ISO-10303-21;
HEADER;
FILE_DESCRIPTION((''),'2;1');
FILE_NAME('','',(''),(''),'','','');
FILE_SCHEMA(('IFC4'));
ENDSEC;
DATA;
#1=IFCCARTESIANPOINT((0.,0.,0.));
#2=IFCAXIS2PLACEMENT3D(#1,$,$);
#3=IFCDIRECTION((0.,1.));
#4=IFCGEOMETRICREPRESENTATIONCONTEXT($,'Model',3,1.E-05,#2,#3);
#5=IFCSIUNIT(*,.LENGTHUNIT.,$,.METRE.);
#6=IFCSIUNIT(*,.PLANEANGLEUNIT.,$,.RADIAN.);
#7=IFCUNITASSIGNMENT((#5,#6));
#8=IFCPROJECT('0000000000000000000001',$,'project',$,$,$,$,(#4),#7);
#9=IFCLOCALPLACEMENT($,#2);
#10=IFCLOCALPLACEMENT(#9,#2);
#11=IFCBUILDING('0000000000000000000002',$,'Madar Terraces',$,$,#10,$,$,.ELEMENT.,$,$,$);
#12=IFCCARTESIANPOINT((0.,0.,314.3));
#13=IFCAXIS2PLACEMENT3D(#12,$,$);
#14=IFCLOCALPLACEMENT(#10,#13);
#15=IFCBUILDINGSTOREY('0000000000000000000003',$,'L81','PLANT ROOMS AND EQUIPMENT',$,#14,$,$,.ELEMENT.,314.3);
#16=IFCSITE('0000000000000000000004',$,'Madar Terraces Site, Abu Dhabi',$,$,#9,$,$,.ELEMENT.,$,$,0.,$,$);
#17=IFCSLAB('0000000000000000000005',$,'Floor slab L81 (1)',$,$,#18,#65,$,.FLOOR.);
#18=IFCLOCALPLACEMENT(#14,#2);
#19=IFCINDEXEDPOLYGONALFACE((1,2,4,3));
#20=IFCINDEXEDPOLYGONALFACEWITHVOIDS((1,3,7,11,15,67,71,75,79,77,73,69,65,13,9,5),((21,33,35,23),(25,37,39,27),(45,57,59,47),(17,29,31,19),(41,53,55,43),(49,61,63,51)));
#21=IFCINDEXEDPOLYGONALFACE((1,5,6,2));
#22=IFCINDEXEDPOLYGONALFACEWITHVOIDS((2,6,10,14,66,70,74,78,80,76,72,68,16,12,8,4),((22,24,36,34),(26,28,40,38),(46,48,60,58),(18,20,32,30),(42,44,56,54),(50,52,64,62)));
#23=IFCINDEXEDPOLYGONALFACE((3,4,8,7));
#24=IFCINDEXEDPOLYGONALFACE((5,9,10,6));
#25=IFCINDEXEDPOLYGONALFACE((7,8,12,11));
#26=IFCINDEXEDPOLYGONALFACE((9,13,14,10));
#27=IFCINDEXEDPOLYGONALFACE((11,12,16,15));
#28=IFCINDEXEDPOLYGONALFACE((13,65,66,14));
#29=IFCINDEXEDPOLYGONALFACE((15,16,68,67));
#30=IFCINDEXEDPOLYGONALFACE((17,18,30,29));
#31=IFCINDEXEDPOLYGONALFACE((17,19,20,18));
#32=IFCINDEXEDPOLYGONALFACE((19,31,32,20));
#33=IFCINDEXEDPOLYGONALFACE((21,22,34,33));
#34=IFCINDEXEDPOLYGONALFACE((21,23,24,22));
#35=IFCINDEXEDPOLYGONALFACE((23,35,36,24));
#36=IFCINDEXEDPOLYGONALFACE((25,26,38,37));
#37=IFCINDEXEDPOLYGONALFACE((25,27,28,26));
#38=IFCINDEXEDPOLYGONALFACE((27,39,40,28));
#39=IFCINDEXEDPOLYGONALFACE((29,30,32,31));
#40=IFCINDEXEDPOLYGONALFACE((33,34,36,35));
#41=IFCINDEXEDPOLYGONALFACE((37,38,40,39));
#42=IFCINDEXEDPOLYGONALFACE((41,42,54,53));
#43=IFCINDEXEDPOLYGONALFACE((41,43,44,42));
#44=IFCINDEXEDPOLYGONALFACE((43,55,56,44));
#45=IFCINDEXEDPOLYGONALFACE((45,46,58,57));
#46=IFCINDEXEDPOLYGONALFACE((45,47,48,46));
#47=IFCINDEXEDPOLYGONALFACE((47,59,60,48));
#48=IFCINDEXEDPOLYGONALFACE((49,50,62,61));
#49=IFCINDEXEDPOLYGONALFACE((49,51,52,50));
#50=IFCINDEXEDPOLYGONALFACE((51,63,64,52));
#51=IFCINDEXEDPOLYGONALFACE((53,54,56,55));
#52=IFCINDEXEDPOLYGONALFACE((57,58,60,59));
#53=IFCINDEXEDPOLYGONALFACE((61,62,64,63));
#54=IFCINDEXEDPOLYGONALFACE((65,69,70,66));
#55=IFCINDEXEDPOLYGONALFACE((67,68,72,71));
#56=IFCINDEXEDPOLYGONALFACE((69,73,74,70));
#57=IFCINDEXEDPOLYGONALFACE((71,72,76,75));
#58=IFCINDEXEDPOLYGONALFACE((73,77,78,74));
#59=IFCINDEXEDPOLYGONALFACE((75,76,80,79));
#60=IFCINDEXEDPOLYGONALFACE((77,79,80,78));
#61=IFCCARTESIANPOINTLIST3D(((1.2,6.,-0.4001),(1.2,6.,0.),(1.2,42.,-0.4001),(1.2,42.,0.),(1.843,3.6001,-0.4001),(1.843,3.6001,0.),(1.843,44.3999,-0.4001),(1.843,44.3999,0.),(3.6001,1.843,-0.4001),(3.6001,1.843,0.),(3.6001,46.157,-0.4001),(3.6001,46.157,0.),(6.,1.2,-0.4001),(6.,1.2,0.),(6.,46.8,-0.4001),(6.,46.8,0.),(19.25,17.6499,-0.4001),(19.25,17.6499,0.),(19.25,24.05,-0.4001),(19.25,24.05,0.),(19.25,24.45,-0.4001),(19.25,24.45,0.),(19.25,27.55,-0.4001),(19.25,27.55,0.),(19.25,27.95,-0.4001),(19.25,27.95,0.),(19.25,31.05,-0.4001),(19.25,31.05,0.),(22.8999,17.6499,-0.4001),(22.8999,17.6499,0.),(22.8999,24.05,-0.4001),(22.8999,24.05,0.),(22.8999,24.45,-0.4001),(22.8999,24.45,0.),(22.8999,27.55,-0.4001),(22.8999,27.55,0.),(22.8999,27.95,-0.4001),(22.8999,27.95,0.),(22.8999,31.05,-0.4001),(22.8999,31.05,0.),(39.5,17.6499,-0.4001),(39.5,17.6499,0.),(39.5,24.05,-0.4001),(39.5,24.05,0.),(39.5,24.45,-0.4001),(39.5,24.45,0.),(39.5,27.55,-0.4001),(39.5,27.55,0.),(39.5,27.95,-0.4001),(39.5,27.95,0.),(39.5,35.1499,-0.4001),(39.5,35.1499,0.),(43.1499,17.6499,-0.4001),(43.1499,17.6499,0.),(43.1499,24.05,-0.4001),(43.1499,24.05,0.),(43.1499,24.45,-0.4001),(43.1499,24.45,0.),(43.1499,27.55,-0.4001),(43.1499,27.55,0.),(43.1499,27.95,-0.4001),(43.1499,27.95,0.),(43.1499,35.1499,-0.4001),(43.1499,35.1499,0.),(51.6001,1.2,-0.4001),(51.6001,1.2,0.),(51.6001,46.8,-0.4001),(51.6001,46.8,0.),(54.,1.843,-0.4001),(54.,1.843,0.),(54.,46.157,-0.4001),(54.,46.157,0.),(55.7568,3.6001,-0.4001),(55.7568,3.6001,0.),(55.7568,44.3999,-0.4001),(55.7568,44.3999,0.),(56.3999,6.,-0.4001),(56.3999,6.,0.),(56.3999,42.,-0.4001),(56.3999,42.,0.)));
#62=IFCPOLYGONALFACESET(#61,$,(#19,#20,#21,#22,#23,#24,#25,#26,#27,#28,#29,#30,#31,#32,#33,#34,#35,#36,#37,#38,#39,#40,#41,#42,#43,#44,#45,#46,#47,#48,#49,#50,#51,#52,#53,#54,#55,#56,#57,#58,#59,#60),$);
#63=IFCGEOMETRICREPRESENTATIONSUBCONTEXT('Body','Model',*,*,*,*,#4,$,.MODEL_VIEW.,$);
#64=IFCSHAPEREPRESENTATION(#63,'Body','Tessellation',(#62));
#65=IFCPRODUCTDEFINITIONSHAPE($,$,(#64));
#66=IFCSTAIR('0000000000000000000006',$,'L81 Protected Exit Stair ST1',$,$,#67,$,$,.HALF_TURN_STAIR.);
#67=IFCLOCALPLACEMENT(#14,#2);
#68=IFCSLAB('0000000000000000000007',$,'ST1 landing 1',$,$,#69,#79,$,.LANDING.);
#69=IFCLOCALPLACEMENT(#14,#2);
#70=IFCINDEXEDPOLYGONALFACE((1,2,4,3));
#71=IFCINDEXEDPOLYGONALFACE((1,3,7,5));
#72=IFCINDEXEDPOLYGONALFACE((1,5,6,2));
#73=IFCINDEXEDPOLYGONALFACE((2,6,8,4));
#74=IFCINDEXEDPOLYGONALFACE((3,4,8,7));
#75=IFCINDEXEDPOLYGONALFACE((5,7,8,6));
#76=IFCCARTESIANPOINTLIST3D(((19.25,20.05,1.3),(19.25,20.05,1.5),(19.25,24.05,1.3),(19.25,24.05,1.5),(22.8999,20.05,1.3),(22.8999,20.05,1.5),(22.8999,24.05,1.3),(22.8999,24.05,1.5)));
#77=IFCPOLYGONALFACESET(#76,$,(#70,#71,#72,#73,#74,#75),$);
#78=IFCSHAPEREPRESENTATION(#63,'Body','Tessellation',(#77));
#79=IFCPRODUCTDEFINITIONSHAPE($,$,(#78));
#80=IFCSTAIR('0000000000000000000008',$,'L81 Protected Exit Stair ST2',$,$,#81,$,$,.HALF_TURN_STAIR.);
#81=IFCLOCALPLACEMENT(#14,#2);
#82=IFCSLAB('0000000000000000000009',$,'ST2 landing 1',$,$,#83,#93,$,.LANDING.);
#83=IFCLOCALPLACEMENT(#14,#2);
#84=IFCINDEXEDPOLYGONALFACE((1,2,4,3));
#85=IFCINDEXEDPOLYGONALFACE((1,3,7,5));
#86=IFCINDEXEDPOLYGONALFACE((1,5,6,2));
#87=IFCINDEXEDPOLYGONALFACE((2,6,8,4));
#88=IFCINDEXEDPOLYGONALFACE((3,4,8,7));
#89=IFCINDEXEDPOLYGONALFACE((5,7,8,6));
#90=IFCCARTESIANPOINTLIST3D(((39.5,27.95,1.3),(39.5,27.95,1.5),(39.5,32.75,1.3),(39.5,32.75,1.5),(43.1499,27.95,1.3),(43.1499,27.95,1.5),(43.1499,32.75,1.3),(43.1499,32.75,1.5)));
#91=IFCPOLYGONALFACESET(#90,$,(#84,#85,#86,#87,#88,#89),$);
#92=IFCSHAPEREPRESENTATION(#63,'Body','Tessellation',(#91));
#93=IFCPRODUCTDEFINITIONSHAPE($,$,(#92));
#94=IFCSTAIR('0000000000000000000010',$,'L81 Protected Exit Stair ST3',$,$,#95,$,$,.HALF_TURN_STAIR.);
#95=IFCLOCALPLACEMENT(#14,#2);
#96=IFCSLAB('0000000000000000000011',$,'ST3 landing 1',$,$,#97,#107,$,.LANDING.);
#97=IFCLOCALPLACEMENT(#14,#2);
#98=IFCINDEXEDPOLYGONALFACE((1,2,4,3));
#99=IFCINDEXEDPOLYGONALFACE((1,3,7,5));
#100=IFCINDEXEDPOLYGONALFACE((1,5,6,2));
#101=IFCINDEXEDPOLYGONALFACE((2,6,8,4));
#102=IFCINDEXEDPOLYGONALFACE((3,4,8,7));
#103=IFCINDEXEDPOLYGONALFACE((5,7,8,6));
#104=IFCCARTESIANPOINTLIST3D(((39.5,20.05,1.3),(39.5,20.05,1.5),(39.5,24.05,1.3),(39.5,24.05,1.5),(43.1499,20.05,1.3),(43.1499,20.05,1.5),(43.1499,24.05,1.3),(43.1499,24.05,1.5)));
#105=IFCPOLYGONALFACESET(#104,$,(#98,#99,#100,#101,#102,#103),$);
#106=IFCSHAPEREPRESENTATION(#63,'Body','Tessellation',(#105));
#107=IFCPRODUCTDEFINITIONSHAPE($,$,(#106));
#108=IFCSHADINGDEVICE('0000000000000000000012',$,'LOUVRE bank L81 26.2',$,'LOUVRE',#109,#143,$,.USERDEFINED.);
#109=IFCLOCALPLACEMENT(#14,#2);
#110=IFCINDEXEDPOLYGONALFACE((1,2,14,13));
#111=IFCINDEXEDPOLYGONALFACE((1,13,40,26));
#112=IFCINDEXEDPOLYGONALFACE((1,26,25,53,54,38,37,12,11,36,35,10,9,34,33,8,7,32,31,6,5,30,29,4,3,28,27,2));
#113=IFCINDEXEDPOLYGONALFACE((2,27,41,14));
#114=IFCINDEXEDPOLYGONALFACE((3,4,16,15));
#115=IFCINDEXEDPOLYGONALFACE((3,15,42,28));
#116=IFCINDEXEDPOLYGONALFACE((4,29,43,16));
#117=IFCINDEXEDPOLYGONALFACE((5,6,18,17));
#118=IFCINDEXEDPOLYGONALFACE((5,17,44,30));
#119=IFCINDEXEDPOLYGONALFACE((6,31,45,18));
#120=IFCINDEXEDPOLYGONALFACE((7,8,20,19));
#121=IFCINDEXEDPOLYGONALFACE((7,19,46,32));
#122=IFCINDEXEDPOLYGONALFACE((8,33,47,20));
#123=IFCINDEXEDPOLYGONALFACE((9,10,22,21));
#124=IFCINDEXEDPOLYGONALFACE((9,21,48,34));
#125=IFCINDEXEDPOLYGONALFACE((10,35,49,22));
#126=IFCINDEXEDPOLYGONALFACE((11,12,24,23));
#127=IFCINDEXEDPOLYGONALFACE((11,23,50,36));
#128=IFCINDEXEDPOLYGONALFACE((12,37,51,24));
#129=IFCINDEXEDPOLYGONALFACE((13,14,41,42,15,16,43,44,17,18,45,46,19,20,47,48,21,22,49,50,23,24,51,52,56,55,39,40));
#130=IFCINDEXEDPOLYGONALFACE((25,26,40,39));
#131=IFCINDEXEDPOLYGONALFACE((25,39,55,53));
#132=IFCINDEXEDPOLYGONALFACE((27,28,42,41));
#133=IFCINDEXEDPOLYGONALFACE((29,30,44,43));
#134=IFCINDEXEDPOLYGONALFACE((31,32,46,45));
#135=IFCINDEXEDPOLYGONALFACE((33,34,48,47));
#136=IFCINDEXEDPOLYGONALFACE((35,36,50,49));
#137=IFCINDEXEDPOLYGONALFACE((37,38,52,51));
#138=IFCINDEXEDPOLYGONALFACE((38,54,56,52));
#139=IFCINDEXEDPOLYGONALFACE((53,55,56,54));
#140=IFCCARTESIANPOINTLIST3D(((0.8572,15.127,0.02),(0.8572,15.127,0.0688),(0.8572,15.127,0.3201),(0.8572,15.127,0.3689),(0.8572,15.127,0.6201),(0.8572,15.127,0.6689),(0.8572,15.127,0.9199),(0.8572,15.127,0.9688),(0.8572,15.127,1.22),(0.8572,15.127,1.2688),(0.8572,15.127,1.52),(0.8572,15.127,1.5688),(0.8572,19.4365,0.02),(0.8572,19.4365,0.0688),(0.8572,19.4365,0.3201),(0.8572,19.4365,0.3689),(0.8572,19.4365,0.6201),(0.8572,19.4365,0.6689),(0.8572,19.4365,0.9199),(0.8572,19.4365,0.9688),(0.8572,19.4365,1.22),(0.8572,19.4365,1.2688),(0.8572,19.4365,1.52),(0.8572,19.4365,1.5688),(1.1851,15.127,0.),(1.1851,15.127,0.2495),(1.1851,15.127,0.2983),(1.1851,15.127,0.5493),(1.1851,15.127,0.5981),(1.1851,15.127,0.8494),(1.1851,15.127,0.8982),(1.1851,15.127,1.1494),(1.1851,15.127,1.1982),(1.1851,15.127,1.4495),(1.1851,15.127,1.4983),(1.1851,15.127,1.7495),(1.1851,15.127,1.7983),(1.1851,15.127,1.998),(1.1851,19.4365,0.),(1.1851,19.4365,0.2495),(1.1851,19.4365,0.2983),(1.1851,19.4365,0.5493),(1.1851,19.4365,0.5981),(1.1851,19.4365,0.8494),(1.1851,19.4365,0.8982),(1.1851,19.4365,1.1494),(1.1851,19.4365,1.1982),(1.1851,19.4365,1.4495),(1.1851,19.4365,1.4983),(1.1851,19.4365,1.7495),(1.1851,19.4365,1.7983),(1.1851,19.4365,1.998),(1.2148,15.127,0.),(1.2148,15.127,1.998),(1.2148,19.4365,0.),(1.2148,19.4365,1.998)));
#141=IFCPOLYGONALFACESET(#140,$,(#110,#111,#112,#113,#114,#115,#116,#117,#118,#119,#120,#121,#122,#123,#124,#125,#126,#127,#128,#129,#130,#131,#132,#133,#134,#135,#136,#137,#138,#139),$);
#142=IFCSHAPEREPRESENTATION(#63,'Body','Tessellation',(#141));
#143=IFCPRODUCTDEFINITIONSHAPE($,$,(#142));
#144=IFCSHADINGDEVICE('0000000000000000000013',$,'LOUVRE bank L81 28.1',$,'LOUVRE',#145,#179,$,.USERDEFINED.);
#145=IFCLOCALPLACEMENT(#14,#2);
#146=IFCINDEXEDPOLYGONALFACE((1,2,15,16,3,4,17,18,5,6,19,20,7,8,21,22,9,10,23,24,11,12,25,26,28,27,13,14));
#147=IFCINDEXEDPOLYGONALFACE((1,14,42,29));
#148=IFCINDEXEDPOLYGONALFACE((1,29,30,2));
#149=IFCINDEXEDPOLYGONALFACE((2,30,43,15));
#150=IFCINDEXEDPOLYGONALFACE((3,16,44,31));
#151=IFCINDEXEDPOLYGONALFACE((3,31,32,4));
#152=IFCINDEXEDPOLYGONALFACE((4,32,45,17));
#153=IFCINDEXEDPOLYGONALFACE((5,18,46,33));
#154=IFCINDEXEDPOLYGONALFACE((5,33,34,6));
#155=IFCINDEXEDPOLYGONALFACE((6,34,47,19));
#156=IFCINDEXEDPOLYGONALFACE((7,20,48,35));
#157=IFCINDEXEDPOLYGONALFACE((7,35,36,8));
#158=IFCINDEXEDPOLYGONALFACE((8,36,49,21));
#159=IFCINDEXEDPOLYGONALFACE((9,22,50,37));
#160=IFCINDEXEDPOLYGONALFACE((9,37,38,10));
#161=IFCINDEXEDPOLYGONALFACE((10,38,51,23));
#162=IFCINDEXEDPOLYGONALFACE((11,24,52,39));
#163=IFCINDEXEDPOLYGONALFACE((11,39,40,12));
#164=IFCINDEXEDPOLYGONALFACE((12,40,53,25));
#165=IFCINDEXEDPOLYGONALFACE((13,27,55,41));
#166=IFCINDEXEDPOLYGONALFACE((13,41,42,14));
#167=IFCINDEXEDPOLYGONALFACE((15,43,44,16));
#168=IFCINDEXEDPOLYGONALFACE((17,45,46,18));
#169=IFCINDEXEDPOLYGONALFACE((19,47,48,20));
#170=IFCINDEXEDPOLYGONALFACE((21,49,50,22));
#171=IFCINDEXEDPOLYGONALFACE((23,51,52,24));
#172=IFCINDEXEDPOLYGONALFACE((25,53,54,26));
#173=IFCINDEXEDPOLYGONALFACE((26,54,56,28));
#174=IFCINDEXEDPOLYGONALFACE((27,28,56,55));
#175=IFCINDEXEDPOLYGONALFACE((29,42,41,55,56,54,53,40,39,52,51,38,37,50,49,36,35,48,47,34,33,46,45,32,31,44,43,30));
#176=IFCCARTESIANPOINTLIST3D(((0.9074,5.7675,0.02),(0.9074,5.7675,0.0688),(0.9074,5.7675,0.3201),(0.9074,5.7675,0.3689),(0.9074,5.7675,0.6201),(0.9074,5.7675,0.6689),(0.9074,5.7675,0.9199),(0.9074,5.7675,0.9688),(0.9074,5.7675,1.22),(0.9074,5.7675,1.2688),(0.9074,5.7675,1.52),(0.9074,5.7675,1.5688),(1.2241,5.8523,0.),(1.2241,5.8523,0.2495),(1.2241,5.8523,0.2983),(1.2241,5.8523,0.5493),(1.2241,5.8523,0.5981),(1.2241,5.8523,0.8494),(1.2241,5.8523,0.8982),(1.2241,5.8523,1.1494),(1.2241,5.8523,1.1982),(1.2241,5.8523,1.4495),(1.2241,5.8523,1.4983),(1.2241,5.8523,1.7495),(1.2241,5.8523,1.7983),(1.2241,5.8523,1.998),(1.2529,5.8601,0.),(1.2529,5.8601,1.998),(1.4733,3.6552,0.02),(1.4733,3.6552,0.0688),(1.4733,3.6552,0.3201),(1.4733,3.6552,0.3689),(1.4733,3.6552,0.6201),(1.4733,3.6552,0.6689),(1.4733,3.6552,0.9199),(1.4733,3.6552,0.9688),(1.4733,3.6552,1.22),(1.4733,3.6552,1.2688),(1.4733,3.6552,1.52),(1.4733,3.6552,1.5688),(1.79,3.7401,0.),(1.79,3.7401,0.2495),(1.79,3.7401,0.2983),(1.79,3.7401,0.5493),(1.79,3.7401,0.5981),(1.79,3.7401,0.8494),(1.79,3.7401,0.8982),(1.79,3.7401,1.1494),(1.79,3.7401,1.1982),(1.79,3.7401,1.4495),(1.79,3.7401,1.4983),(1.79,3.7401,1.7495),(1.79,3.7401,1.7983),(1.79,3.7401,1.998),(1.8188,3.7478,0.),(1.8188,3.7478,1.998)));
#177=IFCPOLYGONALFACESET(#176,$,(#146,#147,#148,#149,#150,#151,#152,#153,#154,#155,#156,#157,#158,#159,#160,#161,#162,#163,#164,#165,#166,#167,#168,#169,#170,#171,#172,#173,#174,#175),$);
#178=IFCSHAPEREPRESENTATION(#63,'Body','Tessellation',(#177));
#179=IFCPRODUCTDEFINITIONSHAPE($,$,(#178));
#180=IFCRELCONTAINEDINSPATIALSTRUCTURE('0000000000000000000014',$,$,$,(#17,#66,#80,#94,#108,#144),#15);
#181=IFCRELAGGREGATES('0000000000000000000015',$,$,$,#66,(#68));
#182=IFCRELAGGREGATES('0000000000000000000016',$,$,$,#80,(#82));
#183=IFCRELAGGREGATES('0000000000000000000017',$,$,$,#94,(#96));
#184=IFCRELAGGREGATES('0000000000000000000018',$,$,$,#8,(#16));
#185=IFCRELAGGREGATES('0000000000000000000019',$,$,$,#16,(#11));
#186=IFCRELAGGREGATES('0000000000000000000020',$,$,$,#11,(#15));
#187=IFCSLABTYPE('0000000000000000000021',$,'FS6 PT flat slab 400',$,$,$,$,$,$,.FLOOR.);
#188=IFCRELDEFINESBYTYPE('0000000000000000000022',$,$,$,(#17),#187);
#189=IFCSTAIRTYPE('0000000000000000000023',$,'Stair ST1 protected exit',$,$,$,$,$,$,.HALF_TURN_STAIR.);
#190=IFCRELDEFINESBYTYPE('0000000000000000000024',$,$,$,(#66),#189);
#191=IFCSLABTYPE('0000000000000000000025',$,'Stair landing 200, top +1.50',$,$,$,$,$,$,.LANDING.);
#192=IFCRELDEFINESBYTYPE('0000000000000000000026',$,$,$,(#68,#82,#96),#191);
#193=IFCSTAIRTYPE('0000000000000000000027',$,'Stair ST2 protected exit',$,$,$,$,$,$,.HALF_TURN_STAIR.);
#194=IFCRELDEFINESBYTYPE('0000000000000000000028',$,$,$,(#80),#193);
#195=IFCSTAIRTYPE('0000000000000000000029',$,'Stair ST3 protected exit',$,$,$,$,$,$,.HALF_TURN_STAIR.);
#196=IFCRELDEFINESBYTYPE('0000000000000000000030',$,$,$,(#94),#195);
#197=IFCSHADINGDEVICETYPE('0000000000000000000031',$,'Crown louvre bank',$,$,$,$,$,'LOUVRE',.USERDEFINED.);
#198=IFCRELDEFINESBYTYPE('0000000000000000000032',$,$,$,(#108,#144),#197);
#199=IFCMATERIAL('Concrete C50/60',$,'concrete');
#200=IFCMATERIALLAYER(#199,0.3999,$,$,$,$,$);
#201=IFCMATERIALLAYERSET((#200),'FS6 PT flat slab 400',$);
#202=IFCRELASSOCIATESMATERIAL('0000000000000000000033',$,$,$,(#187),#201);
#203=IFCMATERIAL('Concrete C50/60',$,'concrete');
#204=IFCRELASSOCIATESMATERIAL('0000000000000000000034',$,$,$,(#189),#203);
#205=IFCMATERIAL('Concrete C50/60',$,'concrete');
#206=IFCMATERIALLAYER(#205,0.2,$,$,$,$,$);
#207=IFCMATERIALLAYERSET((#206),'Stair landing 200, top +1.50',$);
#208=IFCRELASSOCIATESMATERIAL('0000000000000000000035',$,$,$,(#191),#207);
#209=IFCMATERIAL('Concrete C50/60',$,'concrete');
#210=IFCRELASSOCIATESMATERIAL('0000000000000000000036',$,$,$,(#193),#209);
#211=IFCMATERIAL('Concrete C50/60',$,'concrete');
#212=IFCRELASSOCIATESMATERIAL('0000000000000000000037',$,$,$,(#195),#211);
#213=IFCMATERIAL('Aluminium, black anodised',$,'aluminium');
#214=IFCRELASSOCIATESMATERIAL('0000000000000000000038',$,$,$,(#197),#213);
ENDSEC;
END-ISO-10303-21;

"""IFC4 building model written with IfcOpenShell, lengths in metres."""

from ifc_helpers import new_model, si_unit, direction, frame, origin, place, context, subcontext, project, spatial, polyline, outline, extrude, material, layer, layer_set, type_object, element, aggregate, save


model = new_model("IFC4")

# Units and contexts
model_context = context("Model", 3, precision=1e-05, world=origin(), true_north=direction((0.0, 1.0)))
body_context = subcontext(model_context, "Body", "Model", "MODEL_VIEW")
ifc_project = project(units=[si_unit("LENGTHUNIT", "METRE"), si_unit("PLANEANGLEUNIT", "RADIAN")], contexts=[model_context])

# Site, building, storey
site_placement = place(None, origin())
site = spatial("IfcSite", under=ifc_project, at=site_placement, Name="Madar Terraces Site, Abu Dhabi", CompositionType="ELEMENT", RefElevation=0.0)
building_placement = place(site_placement, origin())
building = spatial("IfcBuilding", under=site, at=building_placement, Name="Madar Terraces", CompositionType="ELEMENT")
storey_placement = place(building_placement, frame((0.0, 0.0, 314.3)))
storey = spatial("IfcBuildingStorey", under=building, at=storey_placement, Name="L81", Description="PLANT ROOMS AND EQUIPMENT", CompositionType="ELEMENT", Elevation=314.3)

# Slab
ifc_material_1 = material(Name="Concrete C50/60", Category="concrete")
ifc_layer_1 = layer(ifc_material_1, 0.3999)
ifc_layer_set_1 = layer_set([ifc_layer_1], Name="FS6 PT flat slab 400")
slab_type_1 = type_object("IfcSlabType", Name="FS6 PT flat slab 400", PredefinedType="FLOOR", material=ifc_layer_set_1)
slab_1_placement = place(storey_placement, frame((0.0, 0.0, -0.4001)))
element("IfcSlab", 1, at=slab_1_placement, inside=storey, type_object=slab_type_1, Name="Floor slab L81 (1)", PredefinedType="FLOOR", context=body_context, shape_type="SweptSolid", body=[
    extrude(outline(polyline([(51.6001, 1.2), (54.0, 1.843), (55.7568, 3.6001), (56.3999, 6.0), (56.3999, 42.0), (55.7568, 44.3999), (54.0, 46.157), (51.6001, 46.8), (6.0, 46.8), (3.6001, 46.157), (1.843, 44.3999), (1.2, 42.0), (1.2, 6.0), (1.843, 3.6001), (3.6001, 1.843), (6.0, 1.2), (51.6001, 1.2)]), holes=[polyline([(22.8999, 24.05), (22.8999, 17.6499), (19.25, 17.6499), (19.25, 24.05), (22.8999, 24.05)]), polyline([(43.1499, 17.6499), (39.5, 17.6499), (39.5, 24.05), (43.1499, 24.05), (43.1499, 17.6499)]), polyline([(22.8999, 24.45), (19.25, 24.45), (19.25, 27.55), (22.8999, 27.55), (22.8999, 24.45)]), polyline([(43.1499, 27.55), (43.1499, 24.45), (39.5, 24.45), (39.5, 27.55), (43.1499, 27.55)]), polyline([(22.8999, 27.95), (19.25, 27.95), (19.25, 31.05), (22.8999, 31.05), (22.8999, 27.95)]), polyline([(43.1499, 27.95), (39.5, 27.95), (39.5, 35.1499), (43.1499, 35.1499), (43.1499, 27.95)])]), origin(), (0.0, 0.0, 1.0), 0.4001),
])

# Stairs, slabs
ifc_material_2 = material(Name="Concrete C50/60", Category="concrete")
stair_type_1 = type_object("IfcStairType", Name="Stair ST1 protected exit", PredefinedType="HALF_TURN_STAIR", material=ifc_material_2)
stair_1_placement = place(storey_placement, origin())
stair_1 = element("IfcStair", 2, at=stair_1_placement, inside=storey, type_object=stair_type_1, Name="L81 Protected Exit Stair ST1", PredefinedType="HALF_TURN_STAIR")
ifc_material_3 = material(Name="Concrete C50/60", Category="concrete")
ifc_layer_2 = layer(ifc_material_3, 0.2)
ifc_layer_set_2 = layer_set([ifc_layer_2], Name="Stair landing 200, top +1.50")
slab_type_2 = type_object("IfcSlabType", Name="Stair landing 200, top +1.50", PredefinedType="LANDING", material=ifc_layer_set_2)
slab_2_placement = place(storey_placement, frame((0.0, 0.0, 1.3)))
slab_2 = element("IfcSlab", 3, at=slab_2_placement, type_object=slab_type_2, Name="ST1 landing 1", PredefinedType="LANDING", context=body_context, shape_type="SweptSolid", body=[
    extrude(outline(polyline([(19.25, 20.05), (22.8999, 20.05), (22.8999, 24.05), (19.25, 24.05), (19.25, 20.05)])), origin(), (0.0, 0.0, 1.0), 0.2),
])
aggregate(stair_1, [slab_2])
ifc_material_4 = material(Name="Concrete C50/60", Category="concrete")
stair_type_2 = type_object("IfcStairType", Name="Stair ST2 protected exit", PredefinedType="HALF_TURN_STAIR", material=ifc_material_4)
stair_2_placement = place(storey_placement, origin())
stair_2 = element("IfcStair", 4, at=stair_2_placement, inside=storey, type_object=stair_type_2, Name="L81 Protected Exit Stair ST2", PredefinedType="HALF_TURN_STAIR")
slab_3_placement = place(storey_placement, frame((0.0, 0.0, 1.3)))
slab_3 = element("IfcSlab", 5, at=slab_3_placement, type_object=slab_type_2, Name="ST2 landing 1", PredefinedType="LANDING", context=body_context, shape_type="SweptSolid", body=[
    extrude(outline(polyline([(39.5, 27.95), (43.1499, 27.95), (43.1499, 32.75), (39.5, 32.75), (39.5, 27.95)])), origin(), (0.0, 0.0, 1.0), 0.2),
])
aggregate(stair_2, [slab_3])
ifc_material_5 = material(Name="Concrete C50/60", Category="concrete")
stair_type_3 = type_object("IfcStairType", Name="Stair ST3 protected exit", PredefinedType="HALF_TURN_STAIR", material=ifc_material_5)
stair_3_placement = place(storey_placement, origin())
stair_3 = element("IfcStair", 6, at=stair_3_placement, inside=storey, type_object=stair_type_3, Name="L81 Protected Exit Stair ST3", PredefinedType="HALF_TURN_STAIR")
slab_4_placement = place(storey_placement, frame((0.0, 0.0, 1.3)))
slab_4 = element("IfcSlab", 7, at=slab_4_placement, type_object=slab_type_2, Name="ST3 landing 1", PredefinedType="LANDING", context=body_context, shape_type="SweptSolid", body=[
    extrude(outline(polyline([(39.5, 20.05), (43.1499, 20.05), (43.1499, 24.05), (39.5, 24.05), (39.5, 20.05)])), origin(), (0.0, 0.0, 1.0), 0.2),
])
aggregate(stair_3, [slab_4])

# Shading devices
ifc_material_6 = material(Name="Aluminium, black anodised", Category="aluminium")
shading_device_type = type_object("IfcShadingDeviceType", Name="Crown louvre bank", ElementType="LOUVRE", PredefinedType="USERDEFINED", material=ifc_material_6)
shading_device_1_placement = place(storey_placement, frame((1.2, 19.4365, 0.0), z_axis=(0.0, -1.0, 0.0), x_axis=(1.0, 0.0, 0.0)))
element("IfcShadingDevice", 8, at=shading_device_1_placement, inside=storey, type_object=shading_device_type, Name="LOUVRE bank L81 26.2", ObjectType="LOUVRE", PredefinedType="USERDEFINED", context=body_context, shape_type="SweptSolid", body=[
    extrude(outline(polyline([(0.0149, 0.0), (-0.0149, 0.0), (-0.0149, 0.2495), (-0.3428, 0.02), (-0.3428, 0.0688), (-0.0149, 0.2983), (-0.0149, 0.5493), (-0.3428, 0.3201), (-0.3428, 0.3689), (-0.0149, 0.5981), (-0.0149, 0.8494), (-0.3428, 0.6201), (-0.3428, 0.6689), (-0.0149, 0.8982), (-0.0149, 1.1494), (-0.3428, 0.9199), (-0.3428, 0.9688), (-0.0149, 1.1982), (-0.0149, 1.4495), (-0.3428, 1.22), (-0.3428, 1.2688), (-0.0149, 1.4983), (-0.0149, 1.7495), (-0.3428, 1.52), (-0.3428, 1.5688), (-0.0149, 1.7983), (-0.0149, 1.998), (0.0149, 1.998), (0.0149, 0.0)])), origin(), (0.0, 0.0, 1.0), 4.3096),
])
shading_device_2_placement = place(storey_placement, frame((1.2385, 5.8562, 0.0), z_axis=(0.258788, -0.965934, 0.0), x_axis=(0.965934, 0.258788, 0.0)))
element("IfcShadingDevice", 9, at=shading_device_2_placement, inside=storey, type_object=shading_device_type, Name="LOUVRE bank L81 28.1", ObjectType="LOUVRE", PredefinedType="USERDEFINED", context=body_context, shape_type="SweptSolid", body=[
    extrude(outline(polyline([(0.0149, 0.0), (-0.0149, 0.0), (-0.0149, 0.2495), (-0.3428, 0.02), (-0.3428, 0.0688), (-0.0149, 0.2983), (-0.0149, 0.5493), (-0.3428, 0.3201), (-0.3428, 0.3689), (-0.0149, 0.5981), (-0.0149, 0.8494), (-0.3428, 0.6201), (-0.3428, 0.6689), (-0.0149, 0.8982), (-0.0149, 1.1494), (-0.3428, 0.9199), (-0.3428, 0.9688), (-0.0149, 1.1982), (-0.0149, 1.4495), (-0.3428, 1.22), (-0.3428, 1.2688), (-0.0149, 1.4983), (-0.0149, 1.7495), (-0.3428, 1.52), (-0.3428, 1.5688), (-0.0149, 1.7983), (-0.0149, 1.998), (0.0149, 1.998), (0.0149, 0.0)])), origin(), (0.0, 0.0, 1.0), 2.1868),
])

save(model, "model.ifc")
